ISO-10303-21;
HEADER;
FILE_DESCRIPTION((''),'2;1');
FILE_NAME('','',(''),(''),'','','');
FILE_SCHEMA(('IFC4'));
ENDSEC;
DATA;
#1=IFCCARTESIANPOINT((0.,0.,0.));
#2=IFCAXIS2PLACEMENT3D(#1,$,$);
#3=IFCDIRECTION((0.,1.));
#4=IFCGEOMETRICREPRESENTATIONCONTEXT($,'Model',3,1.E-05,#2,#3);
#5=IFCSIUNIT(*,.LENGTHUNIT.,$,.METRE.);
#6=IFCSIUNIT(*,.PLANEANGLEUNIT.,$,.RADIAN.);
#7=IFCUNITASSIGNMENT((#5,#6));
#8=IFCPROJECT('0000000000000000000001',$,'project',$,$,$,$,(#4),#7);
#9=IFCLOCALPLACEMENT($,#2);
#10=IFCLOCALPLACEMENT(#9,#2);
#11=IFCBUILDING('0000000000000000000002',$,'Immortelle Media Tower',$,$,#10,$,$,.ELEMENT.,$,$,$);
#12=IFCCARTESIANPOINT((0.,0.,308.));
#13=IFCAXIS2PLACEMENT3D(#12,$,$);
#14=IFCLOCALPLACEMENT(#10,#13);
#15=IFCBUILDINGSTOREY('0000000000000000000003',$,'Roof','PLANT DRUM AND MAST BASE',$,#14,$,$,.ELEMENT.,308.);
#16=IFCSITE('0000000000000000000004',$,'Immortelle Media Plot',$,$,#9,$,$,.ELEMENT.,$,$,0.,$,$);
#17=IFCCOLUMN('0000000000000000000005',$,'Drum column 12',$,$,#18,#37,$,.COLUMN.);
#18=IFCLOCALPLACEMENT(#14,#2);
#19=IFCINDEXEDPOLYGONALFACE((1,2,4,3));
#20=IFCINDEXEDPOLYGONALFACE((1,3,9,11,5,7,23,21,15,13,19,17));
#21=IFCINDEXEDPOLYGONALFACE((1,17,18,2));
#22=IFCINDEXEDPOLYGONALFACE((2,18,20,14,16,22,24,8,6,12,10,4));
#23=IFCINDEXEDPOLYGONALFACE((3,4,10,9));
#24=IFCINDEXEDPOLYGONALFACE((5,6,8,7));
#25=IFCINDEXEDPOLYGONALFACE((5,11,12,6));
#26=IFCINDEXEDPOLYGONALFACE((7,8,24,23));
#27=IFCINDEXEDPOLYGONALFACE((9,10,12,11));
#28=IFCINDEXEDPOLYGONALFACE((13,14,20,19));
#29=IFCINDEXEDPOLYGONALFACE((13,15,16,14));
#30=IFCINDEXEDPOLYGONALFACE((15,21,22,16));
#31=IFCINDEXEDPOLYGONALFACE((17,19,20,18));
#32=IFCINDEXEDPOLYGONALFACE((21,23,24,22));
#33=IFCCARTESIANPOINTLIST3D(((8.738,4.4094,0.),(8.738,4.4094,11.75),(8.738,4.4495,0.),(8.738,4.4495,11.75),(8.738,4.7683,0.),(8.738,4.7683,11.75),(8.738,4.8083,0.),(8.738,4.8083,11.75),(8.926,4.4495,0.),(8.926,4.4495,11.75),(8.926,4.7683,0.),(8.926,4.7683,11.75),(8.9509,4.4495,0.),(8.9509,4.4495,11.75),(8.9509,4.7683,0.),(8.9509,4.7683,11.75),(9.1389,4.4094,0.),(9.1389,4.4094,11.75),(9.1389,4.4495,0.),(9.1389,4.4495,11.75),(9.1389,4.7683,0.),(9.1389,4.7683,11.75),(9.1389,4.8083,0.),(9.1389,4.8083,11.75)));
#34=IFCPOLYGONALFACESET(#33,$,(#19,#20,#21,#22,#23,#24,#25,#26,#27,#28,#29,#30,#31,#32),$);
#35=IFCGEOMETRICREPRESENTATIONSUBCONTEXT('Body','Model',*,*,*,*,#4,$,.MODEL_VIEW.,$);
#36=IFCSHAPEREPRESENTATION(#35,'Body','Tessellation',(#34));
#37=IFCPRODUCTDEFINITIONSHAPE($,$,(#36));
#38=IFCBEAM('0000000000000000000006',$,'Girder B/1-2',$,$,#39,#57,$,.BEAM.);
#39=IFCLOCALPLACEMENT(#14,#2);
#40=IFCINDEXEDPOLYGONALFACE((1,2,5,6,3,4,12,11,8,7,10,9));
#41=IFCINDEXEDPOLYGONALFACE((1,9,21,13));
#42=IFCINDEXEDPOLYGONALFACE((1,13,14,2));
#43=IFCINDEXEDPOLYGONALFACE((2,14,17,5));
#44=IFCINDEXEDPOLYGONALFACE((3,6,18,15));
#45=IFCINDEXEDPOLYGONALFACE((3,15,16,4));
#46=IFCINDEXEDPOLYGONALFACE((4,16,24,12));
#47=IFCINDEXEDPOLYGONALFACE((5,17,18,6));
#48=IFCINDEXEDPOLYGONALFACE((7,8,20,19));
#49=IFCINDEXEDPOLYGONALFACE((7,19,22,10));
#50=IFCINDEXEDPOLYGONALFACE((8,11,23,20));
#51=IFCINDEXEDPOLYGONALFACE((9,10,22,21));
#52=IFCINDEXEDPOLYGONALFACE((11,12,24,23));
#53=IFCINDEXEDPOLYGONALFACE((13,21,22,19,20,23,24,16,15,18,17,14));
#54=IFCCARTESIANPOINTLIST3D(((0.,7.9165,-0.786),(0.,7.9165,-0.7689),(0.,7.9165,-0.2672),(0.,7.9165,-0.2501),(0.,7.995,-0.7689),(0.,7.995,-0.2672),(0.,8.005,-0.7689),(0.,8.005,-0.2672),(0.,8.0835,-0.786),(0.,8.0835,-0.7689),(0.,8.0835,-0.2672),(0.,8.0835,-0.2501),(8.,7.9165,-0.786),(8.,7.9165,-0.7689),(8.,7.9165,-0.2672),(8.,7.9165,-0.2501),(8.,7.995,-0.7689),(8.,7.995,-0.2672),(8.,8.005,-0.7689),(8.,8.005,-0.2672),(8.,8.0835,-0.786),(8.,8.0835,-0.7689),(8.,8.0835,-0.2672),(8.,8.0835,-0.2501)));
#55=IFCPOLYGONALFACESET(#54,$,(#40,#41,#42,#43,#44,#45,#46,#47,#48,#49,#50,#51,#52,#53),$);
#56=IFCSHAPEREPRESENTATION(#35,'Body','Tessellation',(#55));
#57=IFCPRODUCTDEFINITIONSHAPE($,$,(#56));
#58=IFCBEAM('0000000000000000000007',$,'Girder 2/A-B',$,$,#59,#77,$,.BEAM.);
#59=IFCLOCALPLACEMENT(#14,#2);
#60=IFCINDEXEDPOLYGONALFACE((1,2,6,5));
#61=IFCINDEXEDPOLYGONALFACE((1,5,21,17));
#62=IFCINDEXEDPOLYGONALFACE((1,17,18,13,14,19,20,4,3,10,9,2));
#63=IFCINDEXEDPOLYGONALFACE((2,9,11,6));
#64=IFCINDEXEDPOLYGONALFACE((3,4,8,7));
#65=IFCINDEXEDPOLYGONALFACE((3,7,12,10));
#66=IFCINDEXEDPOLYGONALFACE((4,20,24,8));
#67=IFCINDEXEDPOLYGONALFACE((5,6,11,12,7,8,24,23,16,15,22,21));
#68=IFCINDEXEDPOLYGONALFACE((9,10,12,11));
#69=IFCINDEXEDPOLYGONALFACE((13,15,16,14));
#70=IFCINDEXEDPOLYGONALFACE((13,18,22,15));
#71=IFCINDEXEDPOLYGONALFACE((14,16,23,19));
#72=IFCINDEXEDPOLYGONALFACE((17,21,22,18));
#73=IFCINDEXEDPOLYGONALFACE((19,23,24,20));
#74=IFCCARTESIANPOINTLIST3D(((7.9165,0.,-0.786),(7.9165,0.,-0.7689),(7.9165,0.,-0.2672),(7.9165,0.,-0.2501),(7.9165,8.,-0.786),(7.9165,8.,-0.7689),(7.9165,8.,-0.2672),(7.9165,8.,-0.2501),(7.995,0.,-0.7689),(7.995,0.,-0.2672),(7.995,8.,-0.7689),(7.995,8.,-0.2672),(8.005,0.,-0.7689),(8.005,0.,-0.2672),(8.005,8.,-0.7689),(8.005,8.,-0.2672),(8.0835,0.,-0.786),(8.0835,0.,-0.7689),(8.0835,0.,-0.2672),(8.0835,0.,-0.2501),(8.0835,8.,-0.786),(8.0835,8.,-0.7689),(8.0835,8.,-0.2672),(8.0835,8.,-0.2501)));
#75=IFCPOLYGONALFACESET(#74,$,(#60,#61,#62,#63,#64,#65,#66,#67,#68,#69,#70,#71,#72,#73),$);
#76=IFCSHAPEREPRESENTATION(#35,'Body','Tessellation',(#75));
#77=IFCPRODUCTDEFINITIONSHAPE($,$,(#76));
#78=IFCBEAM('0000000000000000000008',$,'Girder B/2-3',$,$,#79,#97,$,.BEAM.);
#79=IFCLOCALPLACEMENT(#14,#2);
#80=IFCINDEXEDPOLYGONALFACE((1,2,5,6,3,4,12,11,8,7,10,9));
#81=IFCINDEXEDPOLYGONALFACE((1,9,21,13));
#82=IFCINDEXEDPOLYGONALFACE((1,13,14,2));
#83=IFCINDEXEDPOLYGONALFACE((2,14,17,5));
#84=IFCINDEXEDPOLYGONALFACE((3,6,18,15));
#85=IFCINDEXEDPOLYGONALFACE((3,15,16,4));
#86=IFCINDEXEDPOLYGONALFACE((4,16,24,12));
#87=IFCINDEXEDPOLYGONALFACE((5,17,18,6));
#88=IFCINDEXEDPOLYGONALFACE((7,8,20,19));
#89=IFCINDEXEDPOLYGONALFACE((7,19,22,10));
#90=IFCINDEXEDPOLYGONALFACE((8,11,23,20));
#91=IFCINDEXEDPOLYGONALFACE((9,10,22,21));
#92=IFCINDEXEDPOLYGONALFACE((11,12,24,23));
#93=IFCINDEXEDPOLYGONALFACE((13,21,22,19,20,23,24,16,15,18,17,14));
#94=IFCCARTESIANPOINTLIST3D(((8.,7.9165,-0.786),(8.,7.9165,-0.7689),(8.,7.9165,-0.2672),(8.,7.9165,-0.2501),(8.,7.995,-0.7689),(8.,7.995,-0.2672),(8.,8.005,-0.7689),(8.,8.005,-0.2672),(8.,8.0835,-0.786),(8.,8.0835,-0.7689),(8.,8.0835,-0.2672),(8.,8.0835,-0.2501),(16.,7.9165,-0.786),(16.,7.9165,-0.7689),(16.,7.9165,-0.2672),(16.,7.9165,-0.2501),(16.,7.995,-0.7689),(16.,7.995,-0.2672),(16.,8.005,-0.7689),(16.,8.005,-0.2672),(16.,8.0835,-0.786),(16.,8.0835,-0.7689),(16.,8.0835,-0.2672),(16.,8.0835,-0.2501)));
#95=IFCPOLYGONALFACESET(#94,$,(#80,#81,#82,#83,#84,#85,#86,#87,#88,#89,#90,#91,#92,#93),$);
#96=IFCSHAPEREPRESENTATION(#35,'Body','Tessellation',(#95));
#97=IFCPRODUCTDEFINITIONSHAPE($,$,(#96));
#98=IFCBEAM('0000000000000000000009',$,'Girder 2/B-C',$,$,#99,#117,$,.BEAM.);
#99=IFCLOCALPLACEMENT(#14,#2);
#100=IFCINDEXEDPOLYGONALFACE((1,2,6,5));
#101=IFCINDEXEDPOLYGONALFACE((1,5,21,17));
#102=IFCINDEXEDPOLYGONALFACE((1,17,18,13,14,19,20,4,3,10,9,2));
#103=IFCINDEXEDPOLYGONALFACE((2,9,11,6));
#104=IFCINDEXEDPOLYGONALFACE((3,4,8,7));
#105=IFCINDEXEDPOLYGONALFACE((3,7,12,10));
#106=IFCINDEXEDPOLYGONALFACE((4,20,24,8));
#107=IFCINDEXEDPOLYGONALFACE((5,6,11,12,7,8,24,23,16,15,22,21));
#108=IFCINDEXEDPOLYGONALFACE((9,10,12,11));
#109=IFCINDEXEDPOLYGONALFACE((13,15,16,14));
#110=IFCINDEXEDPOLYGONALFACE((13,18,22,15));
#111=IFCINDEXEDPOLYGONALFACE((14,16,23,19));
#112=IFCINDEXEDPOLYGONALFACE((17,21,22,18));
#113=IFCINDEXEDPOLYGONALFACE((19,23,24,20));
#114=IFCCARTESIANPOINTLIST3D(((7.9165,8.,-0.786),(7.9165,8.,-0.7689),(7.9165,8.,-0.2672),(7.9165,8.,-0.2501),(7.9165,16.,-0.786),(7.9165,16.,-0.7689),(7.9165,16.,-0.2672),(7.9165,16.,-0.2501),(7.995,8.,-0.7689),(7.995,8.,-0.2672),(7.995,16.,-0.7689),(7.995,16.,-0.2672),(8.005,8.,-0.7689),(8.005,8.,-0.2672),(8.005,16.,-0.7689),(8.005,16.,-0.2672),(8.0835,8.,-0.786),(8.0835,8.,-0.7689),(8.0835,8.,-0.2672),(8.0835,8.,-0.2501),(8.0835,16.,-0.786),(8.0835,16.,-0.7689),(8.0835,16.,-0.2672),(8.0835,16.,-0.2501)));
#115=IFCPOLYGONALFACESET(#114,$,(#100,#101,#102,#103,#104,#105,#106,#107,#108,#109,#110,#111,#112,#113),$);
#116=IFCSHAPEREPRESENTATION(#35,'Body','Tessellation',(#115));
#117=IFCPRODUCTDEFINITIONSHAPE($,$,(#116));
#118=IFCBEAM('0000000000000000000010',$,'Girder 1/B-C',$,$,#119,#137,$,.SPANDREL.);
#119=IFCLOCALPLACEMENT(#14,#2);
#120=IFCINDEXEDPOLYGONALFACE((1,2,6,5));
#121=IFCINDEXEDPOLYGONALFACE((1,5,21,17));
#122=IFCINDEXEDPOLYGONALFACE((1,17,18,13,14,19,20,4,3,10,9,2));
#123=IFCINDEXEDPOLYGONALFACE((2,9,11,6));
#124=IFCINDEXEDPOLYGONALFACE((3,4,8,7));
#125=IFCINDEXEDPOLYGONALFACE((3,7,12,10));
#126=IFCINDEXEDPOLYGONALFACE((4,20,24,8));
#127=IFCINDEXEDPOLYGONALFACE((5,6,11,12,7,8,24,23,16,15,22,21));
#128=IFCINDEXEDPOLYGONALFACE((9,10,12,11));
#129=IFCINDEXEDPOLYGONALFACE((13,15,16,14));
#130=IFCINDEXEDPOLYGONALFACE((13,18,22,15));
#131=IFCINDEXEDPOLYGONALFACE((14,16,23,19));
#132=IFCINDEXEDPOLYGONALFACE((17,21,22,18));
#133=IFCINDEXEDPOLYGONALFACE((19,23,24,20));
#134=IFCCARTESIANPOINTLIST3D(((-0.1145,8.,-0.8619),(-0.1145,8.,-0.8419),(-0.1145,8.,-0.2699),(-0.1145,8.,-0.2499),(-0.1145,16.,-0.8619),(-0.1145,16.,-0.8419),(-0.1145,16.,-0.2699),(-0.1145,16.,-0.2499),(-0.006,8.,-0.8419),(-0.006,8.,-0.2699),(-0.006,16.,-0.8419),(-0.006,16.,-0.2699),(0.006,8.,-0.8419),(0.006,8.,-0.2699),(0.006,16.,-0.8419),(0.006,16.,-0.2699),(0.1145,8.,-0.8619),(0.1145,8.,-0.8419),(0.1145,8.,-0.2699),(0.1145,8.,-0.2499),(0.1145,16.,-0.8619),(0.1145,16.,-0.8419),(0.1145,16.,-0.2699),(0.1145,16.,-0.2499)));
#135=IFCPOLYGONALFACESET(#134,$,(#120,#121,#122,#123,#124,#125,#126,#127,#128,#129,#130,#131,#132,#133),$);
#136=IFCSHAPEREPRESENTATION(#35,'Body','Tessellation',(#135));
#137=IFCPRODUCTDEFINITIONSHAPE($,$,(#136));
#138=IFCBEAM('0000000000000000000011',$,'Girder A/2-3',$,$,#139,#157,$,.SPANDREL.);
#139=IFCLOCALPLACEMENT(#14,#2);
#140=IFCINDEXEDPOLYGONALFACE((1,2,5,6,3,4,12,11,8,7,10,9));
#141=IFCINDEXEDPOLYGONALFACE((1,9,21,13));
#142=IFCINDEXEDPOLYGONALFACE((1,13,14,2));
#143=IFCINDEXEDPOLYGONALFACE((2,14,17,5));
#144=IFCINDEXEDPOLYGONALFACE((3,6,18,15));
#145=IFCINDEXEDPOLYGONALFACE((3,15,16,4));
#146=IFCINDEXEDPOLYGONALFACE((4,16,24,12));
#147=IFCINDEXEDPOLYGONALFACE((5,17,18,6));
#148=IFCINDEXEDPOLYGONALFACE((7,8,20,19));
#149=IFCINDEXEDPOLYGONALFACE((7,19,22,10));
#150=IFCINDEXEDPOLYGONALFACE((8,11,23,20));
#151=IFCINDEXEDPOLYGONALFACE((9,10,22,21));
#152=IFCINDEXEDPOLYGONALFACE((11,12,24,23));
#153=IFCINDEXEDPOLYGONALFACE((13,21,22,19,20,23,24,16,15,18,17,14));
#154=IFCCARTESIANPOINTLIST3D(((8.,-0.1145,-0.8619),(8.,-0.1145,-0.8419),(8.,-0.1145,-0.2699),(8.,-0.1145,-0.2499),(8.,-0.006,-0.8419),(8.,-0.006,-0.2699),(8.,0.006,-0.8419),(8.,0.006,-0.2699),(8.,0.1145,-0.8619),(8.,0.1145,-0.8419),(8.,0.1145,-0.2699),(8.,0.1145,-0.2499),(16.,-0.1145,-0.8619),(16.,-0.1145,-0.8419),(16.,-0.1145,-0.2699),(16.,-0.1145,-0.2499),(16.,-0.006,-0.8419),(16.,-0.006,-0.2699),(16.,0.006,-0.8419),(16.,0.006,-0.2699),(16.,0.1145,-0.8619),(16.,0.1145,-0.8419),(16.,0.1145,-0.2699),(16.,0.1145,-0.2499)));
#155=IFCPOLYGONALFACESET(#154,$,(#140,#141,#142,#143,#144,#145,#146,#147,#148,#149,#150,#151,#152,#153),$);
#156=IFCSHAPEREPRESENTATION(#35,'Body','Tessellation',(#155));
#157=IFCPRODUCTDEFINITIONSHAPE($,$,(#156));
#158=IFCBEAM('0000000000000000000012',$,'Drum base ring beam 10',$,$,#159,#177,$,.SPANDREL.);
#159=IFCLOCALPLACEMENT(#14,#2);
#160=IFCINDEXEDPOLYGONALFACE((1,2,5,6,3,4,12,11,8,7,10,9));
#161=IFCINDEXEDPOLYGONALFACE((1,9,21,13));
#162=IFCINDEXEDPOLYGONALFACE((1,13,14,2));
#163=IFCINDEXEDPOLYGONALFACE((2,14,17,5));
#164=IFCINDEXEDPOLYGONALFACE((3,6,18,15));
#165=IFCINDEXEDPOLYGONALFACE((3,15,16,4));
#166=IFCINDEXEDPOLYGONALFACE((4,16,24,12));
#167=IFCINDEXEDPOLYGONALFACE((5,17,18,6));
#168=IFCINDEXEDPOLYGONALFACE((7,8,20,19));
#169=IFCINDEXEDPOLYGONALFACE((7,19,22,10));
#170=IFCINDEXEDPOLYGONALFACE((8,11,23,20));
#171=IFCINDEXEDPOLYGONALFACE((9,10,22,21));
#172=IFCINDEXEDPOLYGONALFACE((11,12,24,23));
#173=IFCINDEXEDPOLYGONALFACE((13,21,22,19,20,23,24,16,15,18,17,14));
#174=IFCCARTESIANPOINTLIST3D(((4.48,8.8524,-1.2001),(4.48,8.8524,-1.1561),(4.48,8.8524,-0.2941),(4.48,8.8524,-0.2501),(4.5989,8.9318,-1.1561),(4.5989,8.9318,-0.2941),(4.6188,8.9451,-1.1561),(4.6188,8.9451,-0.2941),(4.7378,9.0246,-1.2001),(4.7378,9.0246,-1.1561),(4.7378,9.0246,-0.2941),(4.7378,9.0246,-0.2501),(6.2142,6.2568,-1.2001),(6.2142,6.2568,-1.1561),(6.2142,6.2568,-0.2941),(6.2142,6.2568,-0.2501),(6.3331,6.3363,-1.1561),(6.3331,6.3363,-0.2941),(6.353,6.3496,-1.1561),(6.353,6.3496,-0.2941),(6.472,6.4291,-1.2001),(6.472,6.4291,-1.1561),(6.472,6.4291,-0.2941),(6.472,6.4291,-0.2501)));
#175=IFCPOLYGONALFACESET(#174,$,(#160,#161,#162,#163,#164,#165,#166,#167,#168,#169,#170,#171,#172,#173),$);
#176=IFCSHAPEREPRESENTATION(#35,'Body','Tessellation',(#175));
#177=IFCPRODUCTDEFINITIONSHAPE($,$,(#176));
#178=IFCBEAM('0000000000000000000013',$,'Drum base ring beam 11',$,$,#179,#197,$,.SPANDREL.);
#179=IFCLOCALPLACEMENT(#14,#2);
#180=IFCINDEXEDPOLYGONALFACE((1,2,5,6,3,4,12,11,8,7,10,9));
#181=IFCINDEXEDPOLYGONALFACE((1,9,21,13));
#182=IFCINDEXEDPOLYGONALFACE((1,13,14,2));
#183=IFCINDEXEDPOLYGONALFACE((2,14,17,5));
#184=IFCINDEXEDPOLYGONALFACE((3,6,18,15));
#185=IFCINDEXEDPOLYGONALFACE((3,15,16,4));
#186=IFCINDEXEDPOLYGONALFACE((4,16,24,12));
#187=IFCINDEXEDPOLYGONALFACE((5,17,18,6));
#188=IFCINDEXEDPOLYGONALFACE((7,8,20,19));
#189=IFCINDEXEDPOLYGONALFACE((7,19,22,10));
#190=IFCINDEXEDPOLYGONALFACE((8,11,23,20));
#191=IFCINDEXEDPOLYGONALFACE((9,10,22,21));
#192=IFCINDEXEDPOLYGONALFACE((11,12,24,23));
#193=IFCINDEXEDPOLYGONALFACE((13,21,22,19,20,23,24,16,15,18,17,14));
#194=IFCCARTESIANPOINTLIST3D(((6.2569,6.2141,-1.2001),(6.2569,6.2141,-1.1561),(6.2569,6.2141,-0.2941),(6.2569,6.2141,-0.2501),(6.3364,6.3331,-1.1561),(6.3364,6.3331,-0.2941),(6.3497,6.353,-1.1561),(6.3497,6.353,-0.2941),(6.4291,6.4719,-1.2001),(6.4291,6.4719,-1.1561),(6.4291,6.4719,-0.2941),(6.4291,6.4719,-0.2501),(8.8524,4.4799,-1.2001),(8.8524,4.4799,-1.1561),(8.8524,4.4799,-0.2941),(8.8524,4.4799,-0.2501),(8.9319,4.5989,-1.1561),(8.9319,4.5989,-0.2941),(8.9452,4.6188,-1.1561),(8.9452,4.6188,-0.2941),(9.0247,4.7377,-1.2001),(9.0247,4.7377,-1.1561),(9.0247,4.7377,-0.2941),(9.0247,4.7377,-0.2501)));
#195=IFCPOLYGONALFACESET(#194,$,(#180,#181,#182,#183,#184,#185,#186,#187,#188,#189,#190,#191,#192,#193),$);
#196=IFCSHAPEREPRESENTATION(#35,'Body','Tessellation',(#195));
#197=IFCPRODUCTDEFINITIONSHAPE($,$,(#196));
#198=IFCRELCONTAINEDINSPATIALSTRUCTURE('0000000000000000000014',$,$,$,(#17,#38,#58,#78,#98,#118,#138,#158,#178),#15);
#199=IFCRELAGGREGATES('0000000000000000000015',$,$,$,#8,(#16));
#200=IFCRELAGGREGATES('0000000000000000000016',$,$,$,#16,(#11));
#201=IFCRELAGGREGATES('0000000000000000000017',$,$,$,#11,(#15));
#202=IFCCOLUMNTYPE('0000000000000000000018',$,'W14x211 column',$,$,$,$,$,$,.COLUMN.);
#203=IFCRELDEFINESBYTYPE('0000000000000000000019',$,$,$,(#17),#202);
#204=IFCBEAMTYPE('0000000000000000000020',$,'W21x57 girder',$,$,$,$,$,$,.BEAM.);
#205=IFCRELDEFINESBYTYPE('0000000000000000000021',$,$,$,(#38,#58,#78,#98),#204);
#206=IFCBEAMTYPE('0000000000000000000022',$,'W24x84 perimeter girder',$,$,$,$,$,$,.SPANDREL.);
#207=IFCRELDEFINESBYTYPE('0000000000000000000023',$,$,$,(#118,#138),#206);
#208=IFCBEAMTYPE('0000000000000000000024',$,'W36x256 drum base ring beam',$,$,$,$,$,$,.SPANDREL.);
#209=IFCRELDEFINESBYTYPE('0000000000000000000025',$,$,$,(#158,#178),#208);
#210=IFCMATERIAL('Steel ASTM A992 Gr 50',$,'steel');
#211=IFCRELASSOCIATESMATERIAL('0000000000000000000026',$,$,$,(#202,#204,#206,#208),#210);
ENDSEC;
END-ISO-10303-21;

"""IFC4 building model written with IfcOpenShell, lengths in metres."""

from ifc_helpers import new_model, si_unit, direction, frame, origin, origin_2d, place, context, subcontext, project, spatial, i_section, extrude, material, material_profile, profile_set, type_object, element, save


model = new_model("IFC4")

# Units and contexts
model_context = context("Model", 3, precision=1e-05, world=origin(), true_north=direction((0.0, 1.0)))
body_context = subcontext(model_context, "Body", "Model", "MODEL_VIEW")
ifc_project = project(units=[si_unit("LENGTHUNIT", "METRE"), si_unit("PLANEANGLEUNIT", "RADIAN")], contexts=[model_context])

# Site, building, storey
site_placement = place(None, origin())
site = spatial("IfcSite", under=ifc_project, at=site_placement, Name="Immortelle Media Plot", CompositionType="ELEMENT", RefElevation=0.0)
building_placement = place(site_placement, origin())
building = spatial("IfcBuilding", under=site, at=building_placement, Name="Immortelle Media Tower", CompositionType="ELEMENT")
storey_placement = place(building_placement, frame((0.0, 0.0, 308.0)))
storey = spatial("IfcBuildingStorey", under=building, at=storey_placement, Name="Roof", Description="PLANT DRUM AND MAST BASE", CompositionType="ELEMENT", Elevation=308.0)

# Column
ifc_material_1 = material(Name="Steel ASTM A992 Gr 50", Category="steel")
ifc_material_profile_1 = material_profile(ifc_material_1, i_section(OverallWidth=0.4009, OverallDepth=0.3989, WebThickness=0.0249, FlangeThickness=0.04, at=origin_2d()), Name="W14x211")
ifc_profile_set_1 = profile_set([ifc_material_profile_1], Name="Steel ASTM A992 Gr 50")
column_type = type_object("IfcColumnType", Name="W14x211 column", PredefinedType="COLUMN", material=ifc_profile_set_1)
column_placement = place(storey_placement, frame((8.9385, 4.6089, 0.0), z_axis=(0.0, 0.0, 1.0), x_axis=(1.0, 0.0, 0.0)))
element("IfcColumn", 1, at=column_placement, inside=storey, type_object=column_type, Name="Drum column 12", PredefinedType="COLUMN", context=body_context, shape_type="SweptSolid", body=[
    extrude(i_section(OverallWidth=0.4009, OverallDepth=0.3989, WebThickness=0.0249, FlangeThickness=0.04, at=origin_2d()), origin(), (0.0, 0.0, 1.0), 11.75),
])

# Beams
ifc_material_profile_2 = material_profile(ifc_material_1, i_section(OverallWidth=0.167, OverallDepth=0.5359, WebThickness=0.01, FlangeThickness=0.0171, at=origin_2d()), Name="W21x57")
ifc_profile_set_2 = profile_set([ifc_material_profile_2], Name="Steel ASTM A992 Gr 50")
beam_type_1 = type_object("IfcBeamType", Name="W21x57 girder", PredefinedType="BEAM", material=ifc_profile_set_2)
for number, where, z_axis, x_axis, name in (
    (2, (0.0, 8.0, -0.5181), (1.0, 0.0, 0.0), (0.0, 1.0, 0.0), "Girder B/1-2"),
    (3, (8.0, 0.0, -0.5181), (0.0, 1.0, 0.0), (-1.0, 0.0, 0.0), "Girder 2/A-B"),
    (4, (8.0, 8.0, -0.5181), (1.0, 0.0, 0.0), (0.0, 1.0, 0.0), "Girder B/2-3"),
    (5, (8.0, 8.0, -0.5181), (0.0, 1.0, 0.0), (-1.0, 0.0, 0.0), "Girder 2/B-C"),
):
    element("IfcBeam", number, at=place(storey_placement, frame(where, z_axis=z_axis, x_axis=x_axis)), inside=storey, type_object=beam_type_1, Name=name, PredefinedType="BEAM", context=body_context, shape_type="SweptSolid", body=[
        extrude(i_section(OverallWidth=0.167, OverallDepth=0.5359, WebThickness=0.01, FlangeThickness=0.0171, at=origin_2d()), origin(), (0.0, 0.0, 1.0), 8.0),
    ])
ifc_material_profile_3 = material_profile(ifc_material_1, i_section(OverallWidth=0.229, OverallDepth=0.6121, WebThickness=0.012, FlangeThickness=0.02, at=origin_2d()), Name="W24x84")
ifc_profile_set_3 = profile_set([ifc_material_profile_3], Name="Steel ASTM A992 Gr 50")
beam_type_2 = type_object("IfcBeamType", Name="W24x84 perimeter girder", PredefinedType="SPANDREL", material=ifc_profile_set_3)
for number, where, z_axis, x_axis, name in (
    (6, (0.0, 8.0, -0.5559), (0.0, 1.0, 0.0), (-1.0, 0.0, 0.0), "Girder 1/B-C"),
    (7, (8.0, 0.0, -0.5559), (1.0, 0.0, 0.0), (0.0, 1.0, 0.0), "Girder A/2-3"),
):
    element("IfcBeam", number, at=place(storey_placement, frame(where, z_axis=z_axis, x_axis=x_axis)), inside=storey, type_object=beam_type_2, Name=name, PredefinedType="SPANDREL", context=body_context, shape_type="SweptSolid", body=[
        extrude(i_section(OverallWidth=0.229, OverallDepth=0.6121, WebThickness=0.012, FlangeThickness=0.02, at=origin_2d()), origin(), (0.0, 0.0, 1.0), 8.0),
    ])
ifc_material_profile_4 = material_profile(ifc_material_1, i_section(OverallWidth=0.3101, OverallDepth=0.95, WebThickness=0.0239, FlangeThickness=0.0439, at=origin_2d()), Name="W36x256")
ifc_profile_set_4 = profile_set([ifc_material_profile_4], Name="Steel ASTM A992 Gr 50")
beam_type_3 = type_object("IfcBeamType", Name="W36x256 drum base ring beam", PredefinedType="SPANDREL", material=ifc_profile_set_4)
for number, where, z_axis, x_axis, name in (
    (8, (4.6089, 8.9385, -0.7251), (0.555548, -0.831484, 0.0), (0.831484, 0.555548, 0.0), "Drum base ring beam 10"),
    (9, (6.343, 6.343, -0.7251), (0.831484, -0.555548, 0.0), (0.555548, 0.831484, 0.0), "Drum base ring beam 11"),
):
    element("IfcBeam", number, at=place(storey_placement, frame(where, z_axis=z_axis, x_axis=x_axis)), inside=storey, type_object=beam_type_3, Name=name, PredefinedType="SPANDREL", context=body_context, shape_type="SweptSolid", body=[
        extrude(i_section(OverallWidth=0.3101, OverallDepth=0.95, WebThickness=0.0239, FlangeThickness=0.0439, at=origin_2d()), origin(), (0.0, 0.0, 1.0), 3.1216),
    ])

save(model, "model.ifc")
